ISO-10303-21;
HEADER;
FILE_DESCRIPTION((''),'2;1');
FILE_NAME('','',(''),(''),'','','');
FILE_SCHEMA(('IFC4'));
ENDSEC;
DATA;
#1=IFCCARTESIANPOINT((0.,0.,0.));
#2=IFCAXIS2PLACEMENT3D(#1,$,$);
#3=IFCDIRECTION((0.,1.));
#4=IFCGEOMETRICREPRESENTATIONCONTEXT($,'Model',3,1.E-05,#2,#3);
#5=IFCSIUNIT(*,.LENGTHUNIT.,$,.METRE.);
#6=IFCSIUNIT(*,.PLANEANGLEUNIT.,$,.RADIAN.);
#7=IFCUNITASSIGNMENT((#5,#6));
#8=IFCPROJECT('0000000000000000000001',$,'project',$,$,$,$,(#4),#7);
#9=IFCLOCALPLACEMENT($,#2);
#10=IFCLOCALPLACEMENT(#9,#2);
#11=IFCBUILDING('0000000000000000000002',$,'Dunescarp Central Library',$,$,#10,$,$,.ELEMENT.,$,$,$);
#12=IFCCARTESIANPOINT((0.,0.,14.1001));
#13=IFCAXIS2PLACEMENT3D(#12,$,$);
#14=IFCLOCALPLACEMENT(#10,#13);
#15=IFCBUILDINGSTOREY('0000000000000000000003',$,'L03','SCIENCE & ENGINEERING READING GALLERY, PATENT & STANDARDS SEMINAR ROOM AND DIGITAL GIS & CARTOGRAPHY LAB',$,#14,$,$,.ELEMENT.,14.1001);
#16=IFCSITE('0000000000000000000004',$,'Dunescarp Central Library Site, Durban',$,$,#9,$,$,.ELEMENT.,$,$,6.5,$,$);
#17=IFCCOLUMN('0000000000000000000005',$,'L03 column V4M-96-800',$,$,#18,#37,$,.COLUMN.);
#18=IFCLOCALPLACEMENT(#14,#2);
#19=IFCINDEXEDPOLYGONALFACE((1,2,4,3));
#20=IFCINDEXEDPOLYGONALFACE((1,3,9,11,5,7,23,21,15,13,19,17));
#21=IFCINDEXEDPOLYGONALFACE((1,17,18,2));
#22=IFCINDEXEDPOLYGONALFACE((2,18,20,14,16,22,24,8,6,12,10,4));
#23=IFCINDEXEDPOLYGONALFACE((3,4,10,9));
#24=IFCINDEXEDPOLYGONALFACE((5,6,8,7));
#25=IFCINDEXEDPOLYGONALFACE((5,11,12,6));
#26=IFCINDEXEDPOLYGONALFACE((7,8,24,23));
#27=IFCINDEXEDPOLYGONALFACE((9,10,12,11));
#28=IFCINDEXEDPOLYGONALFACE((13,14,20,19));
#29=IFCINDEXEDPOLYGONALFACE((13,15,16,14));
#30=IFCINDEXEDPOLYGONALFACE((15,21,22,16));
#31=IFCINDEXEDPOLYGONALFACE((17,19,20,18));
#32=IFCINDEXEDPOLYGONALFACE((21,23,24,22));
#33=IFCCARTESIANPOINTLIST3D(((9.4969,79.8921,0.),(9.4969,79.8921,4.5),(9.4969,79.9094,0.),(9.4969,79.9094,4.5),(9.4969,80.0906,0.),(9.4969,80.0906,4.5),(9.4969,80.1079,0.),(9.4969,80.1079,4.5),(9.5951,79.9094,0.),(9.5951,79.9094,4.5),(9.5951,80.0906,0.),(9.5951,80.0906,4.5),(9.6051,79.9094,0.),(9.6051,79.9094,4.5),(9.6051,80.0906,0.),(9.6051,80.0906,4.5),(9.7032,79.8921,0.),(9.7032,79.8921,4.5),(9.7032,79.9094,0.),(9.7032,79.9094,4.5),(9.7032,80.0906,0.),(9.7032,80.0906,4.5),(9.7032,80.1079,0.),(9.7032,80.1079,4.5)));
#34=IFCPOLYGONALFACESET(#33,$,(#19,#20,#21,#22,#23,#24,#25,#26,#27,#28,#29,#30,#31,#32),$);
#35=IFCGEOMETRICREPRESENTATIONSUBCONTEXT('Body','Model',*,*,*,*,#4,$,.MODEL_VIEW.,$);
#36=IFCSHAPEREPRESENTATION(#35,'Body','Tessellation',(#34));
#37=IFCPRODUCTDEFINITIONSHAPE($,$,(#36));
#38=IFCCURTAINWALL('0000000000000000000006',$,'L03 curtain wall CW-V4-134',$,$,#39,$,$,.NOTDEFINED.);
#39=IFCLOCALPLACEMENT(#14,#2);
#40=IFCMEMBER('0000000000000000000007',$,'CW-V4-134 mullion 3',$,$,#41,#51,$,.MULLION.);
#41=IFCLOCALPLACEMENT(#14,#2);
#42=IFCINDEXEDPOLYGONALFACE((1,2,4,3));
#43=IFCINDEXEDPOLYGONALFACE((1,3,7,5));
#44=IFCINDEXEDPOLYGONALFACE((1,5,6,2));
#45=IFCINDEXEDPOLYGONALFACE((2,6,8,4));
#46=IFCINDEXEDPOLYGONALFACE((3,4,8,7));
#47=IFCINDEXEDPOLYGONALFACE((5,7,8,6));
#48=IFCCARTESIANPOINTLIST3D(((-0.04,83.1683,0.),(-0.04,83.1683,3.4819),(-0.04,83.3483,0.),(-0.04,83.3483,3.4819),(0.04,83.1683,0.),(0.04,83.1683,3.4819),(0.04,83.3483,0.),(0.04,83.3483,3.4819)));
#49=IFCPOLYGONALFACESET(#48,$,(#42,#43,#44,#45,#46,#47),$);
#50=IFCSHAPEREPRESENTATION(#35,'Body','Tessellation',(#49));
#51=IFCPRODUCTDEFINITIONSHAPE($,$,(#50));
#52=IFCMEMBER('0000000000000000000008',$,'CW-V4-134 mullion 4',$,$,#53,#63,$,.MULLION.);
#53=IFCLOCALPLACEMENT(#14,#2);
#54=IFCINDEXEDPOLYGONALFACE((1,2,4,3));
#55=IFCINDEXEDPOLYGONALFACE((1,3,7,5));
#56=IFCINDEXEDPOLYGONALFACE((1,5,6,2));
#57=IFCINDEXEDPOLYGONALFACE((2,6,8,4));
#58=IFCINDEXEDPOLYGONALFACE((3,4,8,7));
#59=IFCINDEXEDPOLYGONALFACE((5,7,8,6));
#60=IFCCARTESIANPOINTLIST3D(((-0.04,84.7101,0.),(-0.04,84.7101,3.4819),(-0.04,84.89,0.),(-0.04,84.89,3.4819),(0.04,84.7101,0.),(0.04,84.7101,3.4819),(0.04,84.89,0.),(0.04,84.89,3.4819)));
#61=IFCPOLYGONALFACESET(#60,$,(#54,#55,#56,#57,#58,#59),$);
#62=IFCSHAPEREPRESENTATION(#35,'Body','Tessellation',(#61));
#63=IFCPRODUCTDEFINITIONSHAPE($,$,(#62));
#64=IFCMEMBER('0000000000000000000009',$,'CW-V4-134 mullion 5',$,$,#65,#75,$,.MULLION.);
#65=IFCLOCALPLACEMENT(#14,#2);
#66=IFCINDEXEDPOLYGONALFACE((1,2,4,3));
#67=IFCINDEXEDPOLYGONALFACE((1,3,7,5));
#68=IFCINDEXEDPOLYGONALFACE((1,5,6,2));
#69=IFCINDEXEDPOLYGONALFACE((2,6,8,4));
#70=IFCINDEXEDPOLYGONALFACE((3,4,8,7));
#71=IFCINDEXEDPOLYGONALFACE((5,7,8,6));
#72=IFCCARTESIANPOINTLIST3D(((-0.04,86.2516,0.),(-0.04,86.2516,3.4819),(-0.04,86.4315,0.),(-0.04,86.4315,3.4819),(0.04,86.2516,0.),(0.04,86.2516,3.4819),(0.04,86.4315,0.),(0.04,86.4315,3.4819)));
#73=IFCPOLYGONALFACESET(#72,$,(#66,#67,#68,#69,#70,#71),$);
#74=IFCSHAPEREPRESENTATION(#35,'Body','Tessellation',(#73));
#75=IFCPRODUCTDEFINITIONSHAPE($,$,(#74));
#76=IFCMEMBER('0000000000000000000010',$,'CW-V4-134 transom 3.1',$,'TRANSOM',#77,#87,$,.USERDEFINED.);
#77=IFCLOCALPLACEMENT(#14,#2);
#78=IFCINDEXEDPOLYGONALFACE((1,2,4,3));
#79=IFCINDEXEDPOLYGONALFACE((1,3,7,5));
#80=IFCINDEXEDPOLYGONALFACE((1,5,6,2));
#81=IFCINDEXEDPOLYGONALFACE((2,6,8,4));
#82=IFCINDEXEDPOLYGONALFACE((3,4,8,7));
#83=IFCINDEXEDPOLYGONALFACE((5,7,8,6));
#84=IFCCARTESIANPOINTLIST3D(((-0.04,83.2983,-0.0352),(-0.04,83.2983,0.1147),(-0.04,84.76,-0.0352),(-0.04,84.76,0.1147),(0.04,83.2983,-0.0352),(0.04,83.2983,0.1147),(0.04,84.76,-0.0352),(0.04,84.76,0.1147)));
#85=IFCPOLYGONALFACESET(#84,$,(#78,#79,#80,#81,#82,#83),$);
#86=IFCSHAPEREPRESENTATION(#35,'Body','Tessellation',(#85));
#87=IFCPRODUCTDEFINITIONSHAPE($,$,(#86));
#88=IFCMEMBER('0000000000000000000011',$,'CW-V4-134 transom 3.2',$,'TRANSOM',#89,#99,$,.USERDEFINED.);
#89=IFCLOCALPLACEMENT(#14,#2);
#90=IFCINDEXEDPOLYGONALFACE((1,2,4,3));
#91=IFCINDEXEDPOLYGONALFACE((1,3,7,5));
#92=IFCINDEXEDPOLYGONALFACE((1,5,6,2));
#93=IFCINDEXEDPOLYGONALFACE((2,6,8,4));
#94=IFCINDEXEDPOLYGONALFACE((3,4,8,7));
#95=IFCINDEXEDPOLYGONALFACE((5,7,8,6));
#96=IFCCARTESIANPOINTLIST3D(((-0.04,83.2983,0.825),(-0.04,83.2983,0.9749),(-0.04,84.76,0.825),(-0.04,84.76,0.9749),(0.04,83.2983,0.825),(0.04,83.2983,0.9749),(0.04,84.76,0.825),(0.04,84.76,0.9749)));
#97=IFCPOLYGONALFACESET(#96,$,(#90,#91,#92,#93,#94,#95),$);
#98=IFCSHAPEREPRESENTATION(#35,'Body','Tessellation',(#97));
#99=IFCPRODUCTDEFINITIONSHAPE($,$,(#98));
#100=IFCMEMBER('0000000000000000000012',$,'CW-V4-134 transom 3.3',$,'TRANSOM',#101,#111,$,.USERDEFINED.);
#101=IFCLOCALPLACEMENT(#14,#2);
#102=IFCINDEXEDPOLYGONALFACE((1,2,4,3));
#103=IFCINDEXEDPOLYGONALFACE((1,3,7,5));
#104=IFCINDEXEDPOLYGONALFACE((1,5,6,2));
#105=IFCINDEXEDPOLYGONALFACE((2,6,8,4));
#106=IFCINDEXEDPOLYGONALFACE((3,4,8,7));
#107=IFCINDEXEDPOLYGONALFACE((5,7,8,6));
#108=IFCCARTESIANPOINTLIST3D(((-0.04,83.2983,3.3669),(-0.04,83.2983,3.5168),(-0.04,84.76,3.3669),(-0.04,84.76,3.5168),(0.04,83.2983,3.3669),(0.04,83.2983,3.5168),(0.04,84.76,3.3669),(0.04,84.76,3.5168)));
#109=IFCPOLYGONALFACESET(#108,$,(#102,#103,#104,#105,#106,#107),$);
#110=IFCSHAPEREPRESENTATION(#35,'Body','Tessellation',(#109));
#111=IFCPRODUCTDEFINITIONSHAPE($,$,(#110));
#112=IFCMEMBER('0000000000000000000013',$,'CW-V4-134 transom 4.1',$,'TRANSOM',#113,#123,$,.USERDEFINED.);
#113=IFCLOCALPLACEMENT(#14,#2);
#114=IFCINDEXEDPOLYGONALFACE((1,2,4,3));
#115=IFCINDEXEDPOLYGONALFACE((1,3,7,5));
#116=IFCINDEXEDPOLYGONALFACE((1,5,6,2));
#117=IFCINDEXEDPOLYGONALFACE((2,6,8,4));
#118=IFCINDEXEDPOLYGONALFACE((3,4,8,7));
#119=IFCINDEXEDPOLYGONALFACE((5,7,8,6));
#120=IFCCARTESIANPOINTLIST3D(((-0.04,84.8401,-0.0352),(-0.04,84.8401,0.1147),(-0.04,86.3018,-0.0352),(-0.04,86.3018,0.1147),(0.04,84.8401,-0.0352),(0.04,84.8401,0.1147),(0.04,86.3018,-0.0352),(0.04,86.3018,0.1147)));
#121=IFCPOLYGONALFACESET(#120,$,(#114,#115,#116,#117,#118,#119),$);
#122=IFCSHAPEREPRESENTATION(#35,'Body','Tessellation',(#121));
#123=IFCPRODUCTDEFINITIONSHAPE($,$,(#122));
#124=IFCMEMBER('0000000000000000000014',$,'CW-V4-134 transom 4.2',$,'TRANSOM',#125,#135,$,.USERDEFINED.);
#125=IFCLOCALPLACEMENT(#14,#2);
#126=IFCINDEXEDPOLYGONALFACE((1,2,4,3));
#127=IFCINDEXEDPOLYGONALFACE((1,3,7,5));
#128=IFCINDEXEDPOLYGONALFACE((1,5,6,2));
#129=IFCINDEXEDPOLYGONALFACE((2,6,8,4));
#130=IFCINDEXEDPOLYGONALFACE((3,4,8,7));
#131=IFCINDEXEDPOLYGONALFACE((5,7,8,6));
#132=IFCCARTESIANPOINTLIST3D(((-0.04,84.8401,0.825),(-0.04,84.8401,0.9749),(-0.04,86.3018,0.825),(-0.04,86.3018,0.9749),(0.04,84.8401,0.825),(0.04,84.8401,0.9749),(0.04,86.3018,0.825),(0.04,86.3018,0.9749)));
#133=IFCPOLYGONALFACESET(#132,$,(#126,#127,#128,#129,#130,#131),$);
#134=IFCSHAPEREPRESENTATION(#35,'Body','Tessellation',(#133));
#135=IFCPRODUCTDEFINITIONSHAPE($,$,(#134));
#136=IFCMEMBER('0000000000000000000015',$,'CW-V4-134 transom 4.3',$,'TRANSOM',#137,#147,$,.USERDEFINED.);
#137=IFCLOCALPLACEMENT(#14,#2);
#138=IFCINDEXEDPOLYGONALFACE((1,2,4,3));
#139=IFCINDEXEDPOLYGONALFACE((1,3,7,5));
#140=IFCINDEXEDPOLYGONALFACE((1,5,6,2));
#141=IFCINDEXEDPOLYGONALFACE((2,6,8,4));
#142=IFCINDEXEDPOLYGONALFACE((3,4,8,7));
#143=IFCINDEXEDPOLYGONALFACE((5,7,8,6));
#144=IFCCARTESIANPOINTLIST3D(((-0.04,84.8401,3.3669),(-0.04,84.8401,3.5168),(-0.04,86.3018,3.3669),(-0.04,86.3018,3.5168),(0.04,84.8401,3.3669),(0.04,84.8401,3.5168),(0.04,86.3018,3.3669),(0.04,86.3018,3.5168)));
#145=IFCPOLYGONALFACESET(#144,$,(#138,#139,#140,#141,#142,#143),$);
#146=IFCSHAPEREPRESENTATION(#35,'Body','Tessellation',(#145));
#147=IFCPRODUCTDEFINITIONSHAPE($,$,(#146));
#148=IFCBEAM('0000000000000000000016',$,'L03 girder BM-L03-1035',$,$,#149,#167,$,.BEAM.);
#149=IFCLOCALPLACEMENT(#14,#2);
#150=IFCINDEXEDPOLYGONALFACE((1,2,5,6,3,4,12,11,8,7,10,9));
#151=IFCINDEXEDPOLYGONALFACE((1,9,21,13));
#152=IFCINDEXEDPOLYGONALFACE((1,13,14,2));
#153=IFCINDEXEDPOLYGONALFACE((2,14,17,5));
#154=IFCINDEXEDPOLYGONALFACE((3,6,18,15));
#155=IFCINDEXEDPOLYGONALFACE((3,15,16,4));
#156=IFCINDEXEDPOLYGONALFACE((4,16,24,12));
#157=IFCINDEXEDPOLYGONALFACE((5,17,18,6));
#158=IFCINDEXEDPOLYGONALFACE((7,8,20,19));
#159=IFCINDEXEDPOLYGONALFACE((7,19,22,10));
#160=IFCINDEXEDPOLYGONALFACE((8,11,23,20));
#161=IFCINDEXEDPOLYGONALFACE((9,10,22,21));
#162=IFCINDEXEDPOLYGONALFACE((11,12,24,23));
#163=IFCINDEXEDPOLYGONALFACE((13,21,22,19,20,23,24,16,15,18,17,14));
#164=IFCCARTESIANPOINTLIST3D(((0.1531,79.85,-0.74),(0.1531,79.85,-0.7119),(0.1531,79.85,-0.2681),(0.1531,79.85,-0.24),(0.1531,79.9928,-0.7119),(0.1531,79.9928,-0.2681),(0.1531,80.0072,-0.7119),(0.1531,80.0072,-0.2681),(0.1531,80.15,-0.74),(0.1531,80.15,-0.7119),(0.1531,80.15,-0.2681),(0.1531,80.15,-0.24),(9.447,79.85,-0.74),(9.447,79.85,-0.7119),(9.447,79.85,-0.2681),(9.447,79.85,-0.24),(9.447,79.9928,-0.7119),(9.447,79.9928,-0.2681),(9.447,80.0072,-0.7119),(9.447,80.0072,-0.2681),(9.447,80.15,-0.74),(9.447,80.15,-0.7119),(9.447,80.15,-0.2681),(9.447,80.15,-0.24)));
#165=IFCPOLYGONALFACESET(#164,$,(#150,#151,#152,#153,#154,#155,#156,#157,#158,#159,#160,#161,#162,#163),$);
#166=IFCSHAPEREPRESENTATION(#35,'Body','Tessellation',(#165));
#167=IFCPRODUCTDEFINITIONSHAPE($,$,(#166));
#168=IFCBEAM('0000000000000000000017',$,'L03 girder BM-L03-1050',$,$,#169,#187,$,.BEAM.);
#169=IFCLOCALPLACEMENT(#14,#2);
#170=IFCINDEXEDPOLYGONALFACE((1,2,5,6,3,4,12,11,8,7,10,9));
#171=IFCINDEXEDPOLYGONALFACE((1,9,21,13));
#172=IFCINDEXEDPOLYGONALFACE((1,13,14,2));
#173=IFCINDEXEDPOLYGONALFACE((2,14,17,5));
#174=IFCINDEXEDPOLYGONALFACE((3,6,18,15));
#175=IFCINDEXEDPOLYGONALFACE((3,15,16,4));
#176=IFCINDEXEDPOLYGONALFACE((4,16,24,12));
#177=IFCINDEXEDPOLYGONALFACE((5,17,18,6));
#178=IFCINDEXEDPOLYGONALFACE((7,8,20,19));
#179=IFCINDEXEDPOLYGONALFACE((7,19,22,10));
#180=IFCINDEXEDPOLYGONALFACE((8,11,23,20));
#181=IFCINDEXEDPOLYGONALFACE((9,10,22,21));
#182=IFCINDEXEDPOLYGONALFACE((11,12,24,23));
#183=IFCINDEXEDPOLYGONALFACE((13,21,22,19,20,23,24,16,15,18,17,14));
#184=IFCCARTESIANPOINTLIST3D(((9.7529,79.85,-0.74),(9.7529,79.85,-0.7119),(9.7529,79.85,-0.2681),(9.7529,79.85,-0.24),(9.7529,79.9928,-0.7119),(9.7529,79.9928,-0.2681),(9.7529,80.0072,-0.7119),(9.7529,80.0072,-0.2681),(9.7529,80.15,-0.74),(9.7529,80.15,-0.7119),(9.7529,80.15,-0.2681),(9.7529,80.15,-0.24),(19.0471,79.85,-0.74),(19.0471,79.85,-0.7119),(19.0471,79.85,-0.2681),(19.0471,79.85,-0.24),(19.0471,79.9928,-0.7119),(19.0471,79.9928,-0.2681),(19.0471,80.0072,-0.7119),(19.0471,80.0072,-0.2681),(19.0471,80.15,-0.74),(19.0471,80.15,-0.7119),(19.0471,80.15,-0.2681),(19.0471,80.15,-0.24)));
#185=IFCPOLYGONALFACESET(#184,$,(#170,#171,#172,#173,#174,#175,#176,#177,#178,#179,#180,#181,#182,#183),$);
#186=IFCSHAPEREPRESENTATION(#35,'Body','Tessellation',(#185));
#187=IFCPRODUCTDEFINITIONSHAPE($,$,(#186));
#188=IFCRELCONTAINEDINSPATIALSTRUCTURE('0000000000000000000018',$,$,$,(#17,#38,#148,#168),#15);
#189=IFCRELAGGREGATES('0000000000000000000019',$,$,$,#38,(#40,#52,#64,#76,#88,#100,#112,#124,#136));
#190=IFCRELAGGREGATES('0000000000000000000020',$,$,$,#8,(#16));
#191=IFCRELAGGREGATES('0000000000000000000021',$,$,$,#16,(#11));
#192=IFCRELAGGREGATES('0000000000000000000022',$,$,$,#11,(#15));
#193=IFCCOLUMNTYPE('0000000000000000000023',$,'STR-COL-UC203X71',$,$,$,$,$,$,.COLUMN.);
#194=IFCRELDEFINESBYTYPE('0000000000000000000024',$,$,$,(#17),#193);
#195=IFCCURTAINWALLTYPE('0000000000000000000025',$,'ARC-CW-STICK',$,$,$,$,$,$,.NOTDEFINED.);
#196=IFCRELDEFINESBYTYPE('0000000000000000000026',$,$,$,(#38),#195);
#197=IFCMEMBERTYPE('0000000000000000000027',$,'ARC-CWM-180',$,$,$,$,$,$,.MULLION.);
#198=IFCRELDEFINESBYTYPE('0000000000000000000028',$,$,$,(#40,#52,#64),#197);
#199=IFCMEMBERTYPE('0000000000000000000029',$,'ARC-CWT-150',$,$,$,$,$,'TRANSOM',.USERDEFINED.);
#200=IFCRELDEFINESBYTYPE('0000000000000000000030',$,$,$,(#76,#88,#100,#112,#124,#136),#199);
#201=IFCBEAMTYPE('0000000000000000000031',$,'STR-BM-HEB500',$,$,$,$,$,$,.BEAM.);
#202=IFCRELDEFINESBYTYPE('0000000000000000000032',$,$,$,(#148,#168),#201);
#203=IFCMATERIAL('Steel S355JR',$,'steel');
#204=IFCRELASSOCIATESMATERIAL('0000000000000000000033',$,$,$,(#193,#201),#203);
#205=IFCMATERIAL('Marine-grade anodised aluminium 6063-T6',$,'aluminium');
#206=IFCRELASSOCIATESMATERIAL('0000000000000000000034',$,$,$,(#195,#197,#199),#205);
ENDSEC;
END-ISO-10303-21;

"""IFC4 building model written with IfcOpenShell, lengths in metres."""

from ifc_helpers import new_model, si_unit, direction, frame, origin, origin_2d, place, context, subcontext, project, spatial, rectangle, i_section, extrude, material, material_profile, profile_set, type_object, element, aggregate, save


model = new_model("IFC4")

# Units and contexts
model_context = context("Model", 3, precision=1e-05, world=origin(), true_north=direction((0.0, 1.0)))
body_context = subcontext(model_context, "Body", "Model", "MODEL_VIEW")
ifc_project = project(units=[si_unit("LENGTHUNIT", "METRE"), si_unit("PLANEANGLEUNIT", "RADIAN")], contexts=[model_context])

# Site, building, storey
site_placement = place(None, origin())
site = spatial("IfcSite", under=ifc_project, at=site_placement, Name="Dunescarp Central Library Site, Durban", CompositionType="ELEMENT", RefElevation=6.5)
building_placement = place(site_placement, origin())
building = spatial("IfcBuilding", under=site, at=building_placement, Name="Dunescarp Central Library", CompositionType="ELEMENT")
storey_placement = place(building_placement, frame((0.0, 0.0, 14.1001)))
storey = spatial("IfcBuildingStorey", under=building, at=storey_placement, Name="L03", Description="SCIENCE & ENGINEERING READING GALLERY, PATENT & STANDARDS SEMINAR ROOM AND DIGITAL GIS & CARTOGRAPHY LAB", CompositionType="ELEMENT", Elevation=14.1001)

# Column
ifc_material_1 = material(Name="Steel S355JR", Category="steel")
ifc_material_profile_1 = material_profile(ifc_material_1, i_section(OverallWidth=0.2063, OverallDepth=0.2158, WebThickness=0.01, FlangeThickness=0.0173, at=origin_2d()), Name="UC 203x203x71")
ifc_profile_set_1 = profile_set([ifc_material_profile_1], Name="Steel S355JR")
column_type = type_object("IfcColumnType", Name="STR-COL-UC203X71", PredefinedType="COLUMN", material=ifc_profile_set_1)
column_placement = place(storey_placement, frame((9.6001, 80.0, 0.0), z_axis=(0.0, 0.0, 1.0), x_axis=(1.0, 0.0, 0.0)))
element("IfcColumn", 1, at=column_placement, inside=storey, type_object=column_type, Name="L03 column V4M-96-800", PredefinedType="COLUMN", context=body_context, shape_type="SweptSolid", body=[
    extrude(i_section(OverallWidth=0.2063, OverallDepth=0.2158, WebThickness=0.01, FlangeThickness=0.0173, at=origin_2d()), origin(), (0.0, 0.0, 1.0), 4.5),
])

# Curtain wall, members
ifc_material_2 = material(Name="Marine-grade anodised aluminium 6063-T6", Category="aluminium")
curtain_wall_type = type_object("IfcCurtainWallType", Name="ARC-CW-STICK", PredefinedType="NOTDEFINED", material=ifc_material_2)
curtain_wall_placement = place(storey_placement, origin())
curtain_wall = element("IfcCurtainWall", 2, at=curtain_wall_placement, inside=storey, type_object=curtain_wall_type, Name="L03 curtain wall CW-V4-134", PredefinedType="NOTDEFINED")
ifc_material_profile_2 = material_profile(ifc_material_2, rectangle(XDim=0.0801, YDim=0.1799, at=origin_2d()), Name="AL 80x180")
ifc_profile_set_2 = profile_set([ifc_material_profile_2], Name="Marine-grade anodised aluminium 6063-T6")
member_type_1 = type_object("IfcMemberType", Name="ARC-CWM-180", PredefinedType="MULLION", material=ifc_profile_set_2)
member_1_placement = place(storey_placement, frame((0.0, 83.2583, 0.0), z_axis=(0.0, 0.0, 1.0), x_axis=(-1.0, 0.0, 0.0)))
member_1 = element("IfcMember", 3, at=member_1_placement, type_object=member_type_1, Name="CW-V4-134 mullion 3", PredefinedType="MULLION", context=body_context, shape_type="SweptSolid", body=[
    extrude(rectangle(XDim=0.0801, YDim=0.1799, at=origin_2d()), origin(), (0.0, 0.0, 1.0), 3.4819),
])
member_2_placement = place(storey_placement, frame((0.0, 84.8, 0.0), z_axis=(0.0, 0.0, 1.0), x_axis=(-1.0, 0.0, 0.0)))
member_2 = element("IfcMember", 4, at=member_2_placement, type_object=member_type_1, Name="CW-V4-134 mullion 4", PredefinedType="MULLION", context=body_context, shape_type="SweptSolid", body=[
    extrude(rectangle(XDim=0.0801, YDim=0.1799, at=origin_2d()), origin(), (0.0, 0.0, 1.0), 3.4819),
])
member_3_placement = place(storey_placement, frame((0.0, 86.3416, 0.0), z_axis=(0.0, 0.0, 1.0), x_axis=(-1.0, 0.0, 0.0)))
member_3 = element("IfcMember", 5, at=member_3_placement, type_object=member_type_1, Name="CW-V4-134 mullion 5", PredefinedType="MULLION", context=body_context, shape_type="SweptSolid", body=[
    extrude(rectangle(XDim=0.0801, YDim=0.1799, at=origin_2d()), origin(), (0.0, 0.0, 1.0), 3.4819),
])
ifc_material_profile_3 = material_profile(ifc_material_2, rectangle(XDim=0.0801, YDim=0.1499, at=origin_2d()), Name="AL 80x150")
ifc_profile_set_3 = profile_set([ifc_material_profile_3], Name="Marine-grade anodised aluminium 6063-T6")
member_type_2 = type_object("IfcMemberType", Name="ARC-CWT-150", ElementType="TRANSOM", PredefinedType="USERDEFINED", material=ifc_profile_set_3)
member_4_placement = place(storey_placement, frame((0.0, 83.2983, 0.0398), z_axis=(0.0, 1.0, 0.0), x_axis=(-1.0, 0.0, 0.0)))
member_4 = element("IfcMember", 6, at=member_4_placement, type_object=member_type_2, Name="CW-V4-134 transom 3.1", ObjectType="TRANSOM", PredefinedType="USERDEFINED", context=body_context, shape_type="SweptSolid", body=[
    extrude(rectangle(XDim=0.0801, YDim=0.1499, at=origin_2d()), origin(), (0.0, 0.0, 1.0), 1.4617),
])
member_5_placement = place(storey_placement, frame((0.0, 83.2983, 0.8999), z_axis=(0.0, 1.0, 0.0), x_axis=(-1.0, 0.0, 0.0)))
member_5 = element("IfcMember", 7, at=member_5_placement, type_object=member_type_2, Name="CW-V4-134 transom 3.2", ObjectType="TRANSOM", PredefinedType="USERDEFINED", context=body_context, shape_type="SweptSolid", body=[
    extrude(rectangle(XDim=0.0801, YDim=0.1499, at=origin_2d()), origin(), (0.0, 0.0, 1.0), 1.4617),
])
member_6_placement = place(storey_placement, frame((0.0, 83.2983, 3.4419), z_axis=(0.0, 1.0, 0.0), x_axis=(-1.0, 0.0, 0.0)))
member_6 = element("IfcMember", 8, at=member_6_placement, type_object=member_type_2, Name="CW-V4-134 transom 3.3", ObjectType="TRANSOM", PredefinedType="USERDEFINED", context=body_context, shape_type="SweptSolid", body=[
    extrude(rectangle(XDim=0.0801, YDim=0.1499, at=origin_2d()), origin(), (0.0, 0.0, 1.0), 1.4617),
])
member_7_placement = place(storey_placement, frame((0.0, 84.8401, 0.0398), z_axis=(0.0, 1.0, 0.0), x_axis=(-1.0, 0.0, 0.0)))
member_7 = element("IfcMember", 9, at=member_7_placement, type_object=member_type_2, Name="CW-V4-134 transom 4.1", ObjectType="TRANSOM", PredefinedType="USERDEFINED", context=body_context, shape_type="SweptSolid", body=[
    extrude(rectangle(XDim=0.0801, YDim=0.1499, at=origin_2d()), origin(), (0.0, 0.0, 1.0), 1.4617),
])
member_8_placement = place(storey_placement, frame((0.0, 84.8401, 0.8999), z_axis=(0.0, 1.0, 0.0), x_axis=(-1.0, 0.0, 0.0)))
member_8 = element("IfcMember", 10, at=member_8_placement, type_object=member_type_2, Name="CW-V4-134 transom 4.2", ObjectType="TRANSOM", PredefinedType="USERDEFINED", context=body_context, shape_type="SweptSolid", body=[
    extrude(rectangle(XDim=0.0801, YDim=0.1499, at=origin_2d()), origin(), (0.0, 0.0, 1.0), 1.4617),
])
member_9_placement = place(storey_placement, frame((0.0, 84.8401, 3.4419), z_axis=(0.0, 1.0, 0.0), x_axis=(-1.0, 0.0, 0.0)))
member_9 = element("IfcMember", 11, at=member_9_placement, type_object=member_type_2, Name="CW-V4-134 transom 4.3", ObjectType="TRANSOM", PredefinedType="USERDEFINED", context=body_context, shape_type="SweptSolid", body=[
    extrude(rectangle(XDim=0.0801, YDim=0.1499, at=origin_2d()), origin(), (0.0, 0.0, 1.0), 1.4617),
])

# Beams
ifc_material_profile_4 = material_profile(ifc_material_1, i_section(OverallWidth=0.3, OverallDepth=0.5, WebThickness=0.0144, FlangeThickness=0.0281, at=origin_2d()), Name="HEB 500")
ifc_profile_set_4 = profile_set([ifc_material_profile_4], Name="Steel S355JR")
beam_type_1 = type_object("IfcBeamType", Name="STR-BM-HEB500", PredefinedType="BEAM", material=ifc_profile_set_4)
beam_1_placement = place(storey_placement, frame((0.1531, 80.0, -0.49), z_axis=(1.0, 0.0, 0.0), x_axis=(0.0, 1.0, 0.0)))
element("IfcBeam", 12, at=beam_1_placement, inside=storey, type_object=beam_type_1, Name="L03 girder BM-L03-1035", PredefinedType="BEAM", context=body_context, shape_type="SweptSolid", body=[
    extrude(i_section(OverallWidth=0.3, OverallDepth=0.5, WebThickness=0.0144, FlangeThickness=0.0281, at=origin_2d()), origin(), (0.0, 0.0, 1.0), 9.2939),
])
beam_2_placement = place(storey_placement, frame((9.7529, 80.0, -0.49), z_axis=(1.0, 0.0, 0.0), x_axis=(0.0, 1.0, 0.0)))
element("IfcBeam", 13, at=beam_2_placement, inside=storey, type_object=beam_type_1, Name="L03 girder BM-L03-1050", PredefinedType="BEAM", context=body_context, shape_type="SweptSolid", body=[
    extrude(i_section(OverallWidth=0.3, OverallDepth=0.5, WebThickness=0.0144, FlangeThickness=0.0281, at=origin_2d()), origin(), (0.0, 0.0, 1.0), 9.2942),
])

aggregate(curtain_wall, [member_1, member_2, member_3, member_4, member_5, member_6, member_7, member_8, member_9])

save(model, "model.ifc")
